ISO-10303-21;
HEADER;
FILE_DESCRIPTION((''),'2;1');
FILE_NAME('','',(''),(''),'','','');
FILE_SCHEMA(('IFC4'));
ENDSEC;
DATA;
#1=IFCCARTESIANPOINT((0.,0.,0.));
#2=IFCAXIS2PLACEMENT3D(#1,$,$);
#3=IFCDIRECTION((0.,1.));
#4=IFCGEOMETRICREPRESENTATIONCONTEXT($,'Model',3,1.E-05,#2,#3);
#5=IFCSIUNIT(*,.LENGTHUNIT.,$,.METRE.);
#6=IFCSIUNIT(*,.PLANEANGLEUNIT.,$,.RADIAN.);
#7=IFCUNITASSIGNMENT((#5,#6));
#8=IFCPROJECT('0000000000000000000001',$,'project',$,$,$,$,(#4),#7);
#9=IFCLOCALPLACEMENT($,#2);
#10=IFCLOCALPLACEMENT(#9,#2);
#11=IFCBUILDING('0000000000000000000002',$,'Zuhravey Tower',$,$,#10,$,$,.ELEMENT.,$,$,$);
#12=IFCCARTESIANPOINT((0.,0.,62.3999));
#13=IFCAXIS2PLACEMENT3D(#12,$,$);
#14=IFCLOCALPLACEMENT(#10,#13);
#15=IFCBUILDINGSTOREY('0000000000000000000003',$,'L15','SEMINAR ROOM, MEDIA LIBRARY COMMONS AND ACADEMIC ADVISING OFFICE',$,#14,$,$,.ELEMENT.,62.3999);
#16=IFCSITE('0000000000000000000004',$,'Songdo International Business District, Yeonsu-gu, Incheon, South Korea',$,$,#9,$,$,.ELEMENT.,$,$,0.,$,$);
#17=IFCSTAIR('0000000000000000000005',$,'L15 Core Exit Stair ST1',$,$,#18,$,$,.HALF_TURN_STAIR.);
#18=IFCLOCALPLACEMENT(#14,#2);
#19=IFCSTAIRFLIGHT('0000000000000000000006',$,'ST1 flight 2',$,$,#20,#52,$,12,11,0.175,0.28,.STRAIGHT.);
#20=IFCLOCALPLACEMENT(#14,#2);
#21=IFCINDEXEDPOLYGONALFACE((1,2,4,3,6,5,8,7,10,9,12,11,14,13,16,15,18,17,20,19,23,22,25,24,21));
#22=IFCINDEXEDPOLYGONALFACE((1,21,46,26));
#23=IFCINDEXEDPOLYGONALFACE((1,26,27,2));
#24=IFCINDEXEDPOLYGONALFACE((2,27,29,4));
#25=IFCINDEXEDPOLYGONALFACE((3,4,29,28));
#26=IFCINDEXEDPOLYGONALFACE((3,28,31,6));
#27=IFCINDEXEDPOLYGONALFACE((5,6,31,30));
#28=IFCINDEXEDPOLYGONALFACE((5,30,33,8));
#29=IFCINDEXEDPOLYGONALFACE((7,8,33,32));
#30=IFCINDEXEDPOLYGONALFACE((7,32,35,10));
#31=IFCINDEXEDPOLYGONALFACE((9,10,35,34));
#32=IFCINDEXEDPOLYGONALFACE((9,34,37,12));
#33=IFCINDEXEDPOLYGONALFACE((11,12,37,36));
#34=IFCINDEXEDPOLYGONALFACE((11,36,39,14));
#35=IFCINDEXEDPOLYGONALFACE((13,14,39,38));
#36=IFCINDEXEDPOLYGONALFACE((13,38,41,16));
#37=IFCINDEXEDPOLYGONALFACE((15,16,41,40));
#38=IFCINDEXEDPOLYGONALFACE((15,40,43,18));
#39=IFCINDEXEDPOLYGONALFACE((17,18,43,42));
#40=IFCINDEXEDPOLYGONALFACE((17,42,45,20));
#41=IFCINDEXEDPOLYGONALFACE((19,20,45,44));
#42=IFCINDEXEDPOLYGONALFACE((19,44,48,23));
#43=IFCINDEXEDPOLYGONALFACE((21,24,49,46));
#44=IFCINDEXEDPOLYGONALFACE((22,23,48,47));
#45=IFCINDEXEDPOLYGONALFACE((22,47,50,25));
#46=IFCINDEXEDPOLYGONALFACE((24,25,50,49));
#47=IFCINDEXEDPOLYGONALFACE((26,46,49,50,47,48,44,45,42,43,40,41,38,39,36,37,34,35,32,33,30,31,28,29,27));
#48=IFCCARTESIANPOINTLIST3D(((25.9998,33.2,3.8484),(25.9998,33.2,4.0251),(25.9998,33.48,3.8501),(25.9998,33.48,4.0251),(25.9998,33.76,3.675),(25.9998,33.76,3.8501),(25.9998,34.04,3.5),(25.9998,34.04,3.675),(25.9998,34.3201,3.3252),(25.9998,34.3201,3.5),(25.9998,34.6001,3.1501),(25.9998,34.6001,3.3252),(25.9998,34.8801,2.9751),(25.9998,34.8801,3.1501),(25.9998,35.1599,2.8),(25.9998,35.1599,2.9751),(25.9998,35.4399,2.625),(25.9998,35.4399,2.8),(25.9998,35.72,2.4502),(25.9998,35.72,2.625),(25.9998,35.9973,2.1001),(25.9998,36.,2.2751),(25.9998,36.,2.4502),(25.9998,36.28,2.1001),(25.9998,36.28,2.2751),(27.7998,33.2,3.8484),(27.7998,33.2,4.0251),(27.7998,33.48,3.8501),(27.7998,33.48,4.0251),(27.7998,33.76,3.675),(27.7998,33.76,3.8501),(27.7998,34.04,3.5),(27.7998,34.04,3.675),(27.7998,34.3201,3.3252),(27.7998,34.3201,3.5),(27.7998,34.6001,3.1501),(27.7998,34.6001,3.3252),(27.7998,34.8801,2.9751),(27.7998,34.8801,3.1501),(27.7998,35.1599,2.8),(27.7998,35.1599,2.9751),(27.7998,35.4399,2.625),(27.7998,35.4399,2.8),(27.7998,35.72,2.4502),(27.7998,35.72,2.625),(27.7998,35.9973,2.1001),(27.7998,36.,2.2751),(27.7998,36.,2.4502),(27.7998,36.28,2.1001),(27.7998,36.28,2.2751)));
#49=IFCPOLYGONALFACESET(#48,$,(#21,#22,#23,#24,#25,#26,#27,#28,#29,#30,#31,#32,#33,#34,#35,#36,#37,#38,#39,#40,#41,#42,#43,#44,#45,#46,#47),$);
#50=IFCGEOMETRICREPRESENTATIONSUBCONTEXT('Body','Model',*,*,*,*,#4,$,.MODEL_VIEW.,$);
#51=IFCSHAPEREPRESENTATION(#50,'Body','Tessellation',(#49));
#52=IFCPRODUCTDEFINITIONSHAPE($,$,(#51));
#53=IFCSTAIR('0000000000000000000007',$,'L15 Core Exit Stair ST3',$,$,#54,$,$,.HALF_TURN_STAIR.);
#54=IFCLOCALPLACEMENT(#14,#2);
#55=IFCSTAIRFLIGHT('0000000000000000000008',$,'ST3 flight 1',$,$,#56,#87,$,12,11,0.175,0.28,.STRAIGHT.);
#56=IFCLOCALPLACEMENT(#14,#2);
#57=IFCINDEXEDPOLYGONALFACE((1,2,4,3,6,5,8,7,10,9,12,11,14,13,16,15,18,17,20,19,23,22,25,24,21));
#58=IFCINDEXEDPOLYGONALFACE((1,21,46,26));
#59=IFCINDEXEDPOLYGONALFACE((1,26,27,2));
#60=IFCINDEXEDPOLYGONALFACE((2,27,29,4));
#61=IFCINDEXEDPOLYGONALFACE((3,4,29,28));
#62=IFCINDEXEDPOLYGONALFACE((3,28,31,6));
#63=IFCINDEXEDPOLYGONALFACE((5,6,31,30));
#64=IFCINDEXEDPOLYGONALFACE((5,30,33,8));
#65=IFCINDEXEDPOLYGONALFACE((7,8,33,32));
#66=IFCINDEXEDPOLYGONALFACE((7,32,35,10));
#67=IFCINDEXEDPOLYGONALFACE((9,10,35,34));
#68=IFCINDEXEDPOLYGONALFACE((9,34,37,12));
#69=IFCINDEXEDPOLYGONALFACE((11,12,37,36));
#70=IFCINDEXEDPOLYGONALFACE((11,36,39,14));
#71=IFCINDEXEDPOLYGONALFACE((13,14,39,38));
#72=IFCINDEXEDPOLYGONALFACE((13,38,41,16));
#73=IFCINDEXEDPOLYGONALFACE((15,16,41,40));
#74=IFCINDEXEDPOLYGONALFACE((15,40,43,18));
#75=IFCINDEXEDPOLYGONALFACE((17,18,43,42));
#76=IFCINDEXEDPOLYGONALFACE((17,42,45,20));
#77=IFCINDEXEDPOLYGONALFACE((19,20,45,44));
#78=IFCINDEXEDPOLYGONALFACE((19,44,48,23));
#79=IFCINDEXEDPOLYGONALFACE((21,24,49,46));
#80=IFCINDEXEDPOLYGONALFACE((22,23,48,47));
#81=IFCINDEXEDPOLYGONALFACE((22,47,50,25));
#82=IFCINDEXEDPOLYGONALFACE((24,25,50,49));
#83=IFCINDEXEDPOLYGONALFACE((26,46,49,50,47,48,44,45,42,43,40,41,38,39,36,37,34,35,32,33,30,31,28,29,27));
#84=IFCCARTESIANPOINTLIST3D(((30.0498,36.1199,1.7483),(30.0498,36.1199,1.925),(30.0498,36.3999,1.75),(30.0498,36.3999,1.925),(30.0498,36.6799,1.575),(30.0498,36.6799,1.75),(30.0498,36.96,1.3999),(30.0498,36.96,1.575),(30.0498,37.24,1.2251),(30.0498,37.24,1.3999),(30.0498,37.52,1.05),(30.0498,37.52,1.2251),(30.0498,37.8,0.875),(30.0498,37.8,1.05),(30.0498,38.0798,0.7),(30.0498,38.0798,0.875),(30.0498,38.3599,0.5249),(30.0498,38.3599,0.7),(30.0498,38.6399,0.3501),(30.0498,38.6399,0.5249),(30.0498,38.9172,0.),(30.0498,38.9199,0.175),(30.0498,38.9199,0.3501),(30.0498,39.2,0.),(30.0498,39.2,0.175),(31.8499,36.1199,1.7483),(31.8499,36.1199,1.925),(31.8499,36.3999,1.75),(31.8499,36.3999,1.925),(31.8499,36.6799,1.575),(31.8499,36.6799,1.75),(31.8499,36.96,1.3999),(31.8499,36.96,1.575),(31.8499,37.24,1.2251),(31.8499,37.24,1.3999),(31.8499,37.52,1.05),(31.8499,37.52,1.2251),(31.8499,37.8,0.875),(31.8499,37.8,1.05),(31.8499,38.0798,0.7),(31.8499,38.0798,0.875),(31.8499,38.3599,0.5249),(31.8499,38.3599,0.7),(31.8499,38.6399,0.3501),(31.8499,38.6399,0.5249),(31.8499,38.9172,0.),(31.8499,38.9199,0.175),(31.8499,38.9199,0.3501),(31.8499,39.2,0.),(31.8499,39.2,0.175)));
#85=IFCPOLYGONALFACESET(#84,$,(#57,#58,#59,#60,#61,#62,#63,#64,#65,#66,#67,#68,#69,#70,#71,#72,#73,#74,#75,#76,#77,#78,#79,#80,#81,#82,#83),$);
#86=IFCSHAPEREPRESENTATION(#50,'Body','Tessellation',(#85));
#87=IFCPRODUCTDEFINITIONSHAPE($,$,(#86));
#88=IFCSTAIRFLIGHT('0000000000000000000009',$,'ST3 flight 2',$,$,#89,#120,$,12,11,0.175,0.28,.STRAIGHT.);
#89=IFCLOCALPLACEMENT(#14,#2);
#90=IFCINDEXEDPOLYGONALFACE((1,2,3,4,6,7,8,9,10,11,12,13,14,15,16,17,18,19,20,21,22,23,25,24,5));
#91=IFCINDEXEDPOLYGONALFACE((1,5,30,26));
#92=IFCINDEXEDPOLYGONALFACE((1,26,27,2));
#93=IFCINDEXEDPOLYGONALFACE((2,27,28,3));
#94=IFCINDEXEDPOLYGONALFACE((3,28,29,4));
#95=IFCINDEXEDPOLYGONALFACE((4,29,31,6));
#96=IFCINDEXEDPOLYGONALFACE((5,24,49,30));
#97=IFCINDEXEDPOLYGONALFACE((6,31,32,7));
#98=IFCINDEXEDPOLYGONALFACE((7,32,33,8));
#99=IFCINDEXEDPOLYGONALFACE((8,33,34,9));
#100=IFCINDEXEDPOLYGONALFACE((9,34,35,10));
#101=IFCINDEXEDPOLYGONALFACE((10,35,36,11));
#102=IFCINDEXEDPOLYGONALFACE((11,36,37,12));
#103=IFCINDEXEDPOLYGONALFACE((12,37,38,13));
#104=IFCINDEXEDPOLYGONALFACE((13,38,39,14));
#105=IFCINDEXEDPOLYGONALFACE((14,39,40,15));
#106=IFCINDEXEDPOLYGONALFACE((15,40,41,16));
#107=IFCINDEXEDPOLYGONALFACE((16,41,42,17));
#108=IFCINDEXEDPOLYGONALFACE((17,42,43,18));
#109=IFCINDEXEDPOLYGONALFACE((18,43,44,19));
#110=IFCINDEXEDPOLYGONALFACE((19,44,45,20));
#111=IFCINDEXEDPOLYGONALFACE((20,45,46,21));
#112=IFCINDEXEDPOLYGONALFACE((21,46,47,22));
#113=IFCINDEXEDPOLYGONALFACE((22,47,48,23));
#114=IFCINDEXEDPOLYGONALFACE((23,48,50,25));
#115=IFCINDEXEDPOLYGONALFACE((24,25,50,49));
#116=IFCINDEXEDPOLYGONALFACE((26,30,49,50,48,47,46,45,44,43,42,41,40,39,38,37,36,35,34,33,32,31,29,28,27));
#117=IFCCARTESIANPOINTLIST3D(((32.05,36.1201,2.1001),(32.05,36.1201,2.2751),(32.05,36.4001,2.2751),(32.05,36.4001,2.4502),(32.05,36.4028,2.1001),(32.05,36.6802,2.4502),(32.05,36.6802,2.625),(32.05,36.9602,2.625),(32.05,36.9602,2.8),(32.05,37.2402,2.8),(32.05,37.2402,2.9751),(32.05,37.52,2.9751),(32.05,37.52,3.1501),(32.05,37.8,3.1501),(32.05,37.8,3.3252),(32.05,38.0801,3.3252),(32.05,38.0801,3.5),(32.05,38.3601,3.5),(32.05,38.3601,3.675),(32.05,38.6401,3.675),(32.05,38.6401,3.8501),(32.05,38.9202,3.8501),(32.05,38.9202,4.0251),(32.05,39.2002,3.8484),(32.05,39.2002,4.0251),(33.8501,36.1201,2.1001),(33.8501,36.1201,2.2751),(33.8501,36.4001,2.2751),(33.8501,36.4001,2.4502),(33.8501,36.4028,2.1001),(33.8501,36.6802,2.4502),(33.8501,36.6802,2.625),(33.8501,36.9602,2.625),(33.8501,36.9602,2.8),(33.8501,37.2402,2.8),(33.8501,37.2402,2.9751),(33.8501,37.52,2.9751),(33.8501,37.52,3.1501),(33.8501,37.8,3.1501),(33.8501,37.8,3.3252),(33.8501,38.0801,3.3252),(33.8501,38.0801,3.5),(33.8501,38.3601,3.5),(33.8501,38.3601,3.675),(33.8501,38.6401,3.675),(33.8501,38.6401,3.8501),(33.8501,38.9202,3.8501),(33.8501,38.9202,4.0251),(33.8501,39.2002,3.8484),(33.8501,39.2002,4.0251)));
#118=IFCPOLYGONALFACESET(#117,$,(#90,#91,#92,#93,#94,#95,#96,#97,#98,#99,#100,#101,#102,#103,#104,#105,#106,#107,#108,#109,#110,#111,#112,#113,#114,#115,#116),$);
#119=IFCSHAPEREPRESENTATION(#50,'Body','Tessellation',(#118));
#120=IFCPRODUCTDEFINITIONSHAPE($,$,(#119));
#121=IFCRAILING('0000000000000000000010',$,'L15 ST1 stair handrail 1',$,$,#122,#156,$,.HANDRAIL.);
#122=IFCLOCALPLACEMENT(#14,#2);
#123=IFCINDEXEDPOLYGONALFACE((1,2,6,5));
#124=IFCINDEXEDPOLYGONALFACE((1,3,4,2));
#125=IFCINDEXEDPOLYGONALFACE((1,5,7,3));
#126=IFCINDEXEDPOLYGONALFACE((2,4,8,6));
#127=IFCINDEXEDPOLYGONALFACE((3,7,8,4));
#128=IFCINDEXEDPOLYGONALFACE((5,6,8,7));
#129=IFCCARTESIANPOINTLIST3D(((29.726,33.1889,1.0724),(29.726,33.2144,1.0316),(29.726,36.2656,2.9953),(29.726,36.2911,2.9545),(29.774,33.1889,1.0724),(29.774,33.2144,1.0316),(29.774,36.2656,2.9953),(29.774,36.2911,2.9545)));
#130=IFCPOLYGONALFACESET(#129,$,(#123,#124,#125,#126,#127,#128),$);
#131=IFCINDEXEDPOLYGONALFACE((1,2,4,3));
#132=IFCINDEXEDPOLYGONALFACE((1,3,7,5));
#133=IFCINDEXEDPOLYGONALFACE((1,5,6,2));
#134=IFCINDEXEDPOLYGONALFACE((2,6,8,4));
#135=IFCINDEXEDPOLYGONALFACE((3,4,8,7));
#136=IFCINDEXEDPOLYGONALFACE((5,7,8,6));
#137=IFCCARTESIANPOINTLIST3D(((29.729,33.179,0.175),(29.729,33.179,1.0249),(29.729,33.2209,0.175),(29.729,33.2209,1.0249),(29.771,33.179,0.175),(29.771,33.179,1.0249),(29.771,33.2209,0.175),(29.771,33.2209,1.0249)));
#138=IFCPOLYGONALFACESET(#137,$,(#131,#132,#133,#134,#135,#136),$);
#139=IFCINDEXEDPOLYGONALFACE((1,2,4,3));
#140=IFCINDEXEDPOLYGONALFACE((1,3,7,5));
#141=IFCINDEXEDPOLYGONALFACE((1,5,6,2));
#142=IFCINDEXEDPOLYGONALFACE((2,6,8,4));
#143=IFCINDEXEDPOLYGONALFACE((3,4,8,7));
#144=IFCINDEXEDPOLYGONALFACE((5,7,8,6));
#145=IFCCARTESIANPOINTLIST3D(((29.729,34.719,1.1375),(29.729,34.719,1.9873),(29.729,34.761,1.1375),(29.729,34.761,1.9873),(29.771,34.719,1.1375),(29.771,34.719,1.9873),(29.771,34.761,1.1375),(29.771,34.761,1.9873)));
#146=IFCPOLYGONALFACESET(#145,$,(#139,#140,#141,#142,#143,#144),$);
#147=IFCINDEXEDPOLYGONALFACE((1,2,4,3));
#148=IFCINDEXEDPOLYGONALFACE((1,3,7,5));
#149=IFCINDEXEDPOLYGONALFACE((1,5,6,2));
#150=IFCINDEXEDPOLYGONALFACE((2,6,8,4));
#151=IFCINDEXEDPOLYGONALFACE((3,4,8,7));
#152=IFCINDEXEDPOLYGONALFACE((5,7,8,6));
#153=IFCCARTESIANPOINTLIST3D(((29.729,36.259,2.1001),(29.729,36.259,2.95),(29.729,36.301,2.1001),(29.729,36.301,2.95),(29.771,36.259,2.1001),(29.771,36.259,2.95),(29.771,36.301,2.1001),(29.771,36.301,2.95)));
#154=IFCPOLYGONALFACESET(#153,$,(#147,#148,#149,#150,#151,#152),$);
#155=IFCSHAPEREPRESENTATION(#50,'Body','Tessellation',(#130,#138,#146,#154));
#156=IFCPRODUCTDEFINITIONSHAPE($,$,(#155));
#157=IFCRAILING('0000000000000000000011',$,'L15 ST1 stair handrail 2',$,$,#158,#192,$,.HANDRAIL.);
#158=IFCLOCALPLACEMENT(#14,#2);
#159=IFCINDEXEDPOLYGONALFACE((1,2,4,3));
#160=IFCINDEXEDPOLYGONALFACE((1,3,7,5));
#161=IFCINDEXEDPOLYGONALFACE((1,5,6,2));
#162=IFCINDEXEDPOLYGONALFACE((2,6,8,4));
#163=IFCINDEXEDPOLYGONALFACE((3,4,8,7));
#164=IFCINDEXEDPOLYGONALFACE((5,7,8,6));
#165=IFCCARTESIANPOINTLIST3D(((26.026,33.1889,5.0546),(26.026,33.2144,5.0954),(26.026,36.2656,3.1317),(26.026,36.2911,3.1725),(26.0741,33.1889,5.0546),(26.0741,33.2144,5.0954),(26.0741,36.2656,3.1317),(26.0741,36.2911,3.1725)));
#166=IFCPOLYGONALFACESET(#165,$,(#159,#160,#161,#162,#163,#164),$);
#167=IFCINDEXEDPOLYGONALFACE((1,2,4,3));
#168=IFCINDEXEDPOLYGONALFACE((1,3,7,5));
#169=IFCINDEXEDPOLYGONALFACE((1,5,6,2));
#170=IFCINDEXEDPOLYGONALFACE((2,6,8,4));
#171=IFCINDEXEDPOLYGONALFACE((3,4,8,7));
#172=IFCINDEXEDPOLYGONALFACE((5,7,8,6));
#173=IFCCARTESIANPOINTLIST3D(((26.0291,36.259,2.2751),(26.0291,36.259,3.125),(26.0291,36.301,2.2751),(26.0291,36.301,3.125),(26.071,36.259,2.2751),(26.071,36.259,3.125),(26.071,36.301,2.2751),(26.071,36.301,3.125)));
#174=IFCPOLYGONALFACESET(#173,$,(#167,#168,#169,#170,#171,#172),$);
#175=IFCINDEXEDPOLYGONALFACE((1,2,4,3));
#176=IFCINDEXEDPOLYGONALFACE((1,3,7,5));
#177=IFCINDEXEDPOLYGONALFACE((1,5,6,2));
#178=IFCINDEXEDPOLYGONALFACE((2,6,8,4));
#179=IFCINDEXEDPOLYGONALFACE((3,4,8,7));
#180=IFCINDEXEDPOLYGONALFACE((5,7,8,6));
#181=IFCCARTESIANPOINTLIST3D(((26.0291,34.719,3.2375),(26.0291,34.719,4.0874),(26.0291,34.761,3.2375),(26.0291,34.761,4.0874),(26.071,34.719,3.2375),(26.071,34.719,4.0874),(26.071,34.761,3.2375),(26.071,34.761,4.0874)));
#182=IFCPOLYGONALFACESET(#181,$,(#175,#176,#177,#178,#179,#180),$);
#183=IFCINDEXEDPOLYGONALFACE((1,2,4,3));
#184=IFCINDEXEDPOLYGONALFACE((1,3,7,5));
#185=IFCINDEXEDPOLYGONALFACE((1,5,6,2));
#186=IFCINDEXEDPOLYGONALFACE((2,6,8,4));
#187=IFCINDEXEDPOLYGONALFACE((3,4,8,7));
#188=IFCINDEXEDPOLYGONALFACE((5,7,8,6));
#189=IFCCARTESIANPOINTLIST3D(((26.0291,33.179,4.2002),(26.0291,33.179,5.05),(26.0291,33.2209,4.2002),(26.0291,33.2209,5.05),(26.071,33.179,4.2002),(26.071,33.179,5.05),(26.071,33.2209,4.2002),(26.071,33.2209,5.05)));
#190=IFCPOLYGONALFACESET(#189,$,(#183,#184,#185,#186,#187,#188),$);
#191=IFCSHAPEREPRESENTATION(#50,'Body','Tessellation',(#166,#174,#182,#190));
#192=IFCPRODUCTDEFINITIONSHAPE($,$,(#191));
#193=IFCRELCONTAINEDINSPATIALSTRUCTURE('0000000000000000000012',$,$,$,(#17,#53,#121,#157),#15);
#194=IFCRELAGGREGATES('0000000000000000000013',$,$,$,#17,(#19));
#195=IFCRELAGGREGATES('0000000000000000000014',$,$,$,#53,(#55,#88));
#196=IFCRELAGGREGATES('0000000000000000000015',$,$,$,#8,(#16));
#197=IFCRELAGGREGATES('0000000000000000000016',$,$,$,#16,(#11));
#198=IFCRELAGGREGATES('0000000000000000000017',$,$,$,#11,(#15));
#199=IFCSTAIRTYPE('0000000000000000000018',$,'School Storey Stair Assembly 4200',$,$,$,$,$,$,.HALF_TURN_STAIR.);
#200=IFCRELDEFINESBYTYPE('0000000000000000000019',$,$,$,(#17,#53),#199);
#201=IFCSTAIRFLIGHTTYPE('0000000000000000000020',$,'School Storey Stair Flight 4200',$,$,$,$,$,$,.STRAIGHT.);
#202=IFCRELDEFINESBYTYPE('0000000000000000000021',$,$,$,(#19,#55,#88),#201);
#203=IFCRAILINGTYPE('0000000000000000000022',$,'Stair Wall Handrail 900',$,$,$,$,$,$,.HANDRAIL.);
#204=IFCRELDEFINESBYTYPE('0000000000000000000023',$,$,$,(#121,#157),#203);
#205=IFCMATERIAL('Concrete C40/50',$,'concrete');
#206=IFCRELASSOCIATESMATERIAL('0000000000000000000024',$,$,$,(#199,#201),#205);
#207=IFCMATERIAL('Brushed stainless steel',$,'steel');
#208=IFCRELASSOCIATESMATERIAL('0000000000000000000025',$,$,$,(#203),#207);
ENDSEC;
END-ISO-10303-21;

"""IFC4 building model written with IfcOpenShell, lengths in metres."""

from ifc_helpers import new_model, si_unit, direction, frame, origin, origin_2d, place, context, subcontext, project, spatial, polyline, rectangle, outline, extrude, material, type_object, element, aggregate, save


model = new_model("IFC4")

# Units and contexts
model_context = context("Model", 3, precision=1e-05, world=origin(), true_north=direction((0.0, 1.0)))
body_context = subcontext(model_context, "Body", "Model", "MODEL_VIEW")
ifc_project = project(units=[si_unit("LENGTHUNIT", "METRE"), si_unit("PLANEANGLEUNIT", "RADIAN")], contexts=[model_context])

# Site, building, storey
site_placement = place(None, origin())
site = spatial("IfcSite", under=ifc_project, at=site_placement, Name="Songdo International Business District, Yeonsu-gu, Incheon, South Korea", CompositionType="ELEMENT", RefElevation=0.0)
building_placement = place(site_placement, origin())
building = spatial("IfcBuilding", under=site, at=building_placement, Name="Zuhravey Tower", CompositionType="ELEMENT")
storey_placement = place(building_placement, frame((0.0, 0.0, 62.3999)))
storey = spatial("IfcBuildingStorey", under=building, at=storey_placement, Name="L15", Description="SEMINAR ROOM, MEDIA LIBRARY COMMONS AND ACADEMIC ADVISING OFFICE", CompositionType="ELEMENT", Elevation=62.3999)

# Stairs, stair flights
ifc_material_1 = material(Name="Concrete C40/50", Category="concrete")
stair_type = type_object("IfcStairType", Name="School Storey Stair Assembly 4200", PredefinedType="HALF_TURN_STAIR", material=ifc_material_1)
stair_1_placement = place(storey_placement, origin())
stair_1 = element("IfcStair", 1, at=stair_1_placement, inside=storey, type_object=stair_type, Name="L15 Core Exit Stair ST1", PredefinedType="HALF_TURN_STAIR")
stair_flight_type = type_object("IfcStairFlightType", Name="School Storey Stair Flight 4200", PredefinedType="STRAIGHT", material=ifc_material_1)
stair_flight_1_placement = place(storey_placement, frame((26.8999, 36.28, 2.1001), z_axis=(0.0, 0.0, 1.0), x_axis=(0.0, -1.0, 0.0)))
stair_flight_1 = element("IfcStairFlight", 2, at=stair_flight_1_placement, type_object=stair_flight_type, Name="ST1 flight 2", NumberOfRisers=12, NumberOfTreads=11, PredefinedType="STRAIGHT", RiserHeight=0.175, TreadLength=0.28, context=body_context, shape_type="SweptSolid", body=[
    extrude(outline(polyline([(0.0, 0.0), (0.0, 0.175), (0.28, 0.175), (0.28, 0.3501), (0.5601, 0.3501), (0.5601, 0.5249), (0.8401, 0.5249), (0.8401, 0.7), (1.1201, 0.7), (1.1201, 0.875), (1.3999, 0.875), (1.3999, 1.05), (1.6799, 1.05), (1.6799, 1.2251), (1.96, 1.2251), (1.96, 1.3999), (2.24, 1.3999), (2.24, 1.575), (2.52, 1.575), (2.52, 1.75), (2.8, 1.75), (2.8, 1.925), (3.0801, 1.925), (3.0801, 2.1001), (3.0801, 1.7483), (0.2827, 0.0), (0.0, 0.0)])), frame((0.0, 0.8999, 0.0), z_axis=(0.0, -1.0, 0.0), x_axis=(1.0, 0.0, 0.0)), (0.0, 0.0, 1.0), 1.8),
])
aggregate(stair_1, [stair_flight_1])
stair_2_placement = place(storey_placement, origin())
stair_2 = element("IfcStair", 3, at=stair_2_placement, inside=storey, type_object=stair_type, Name="L15 Core Exit Stair ST3", PredefinedType="HALF_TURN_STAIR")
stair_flight_2_placement = place(storey_placement, frame((30.95, 39.2, 0.0), z_axis=(0.0, 0.0, 1.0), x_axis=(0.0, -1.0, 0.0)))
stair_flight_2 = element("IfcStairFlight", 4, at=stair_flight_2_placement, type_object=stair_flight_type, Name="ST3 flight 1", NumberOfRisers=12, NumberOfTreads=11, PredefinedType="STRAIGHT", RiserHeight=0.175, TreadLength=0.28, context=body_context, shape_type="SweptSolid", body=[
    extrude(outline(polyline([(0.0, 0.0), (0.0, 0.175), (0.28, 0.175), (0.28, 0.3501), (0.5601, 0.3501), (0.5601, 0.5249), (0.8401, 0.5249), (0.8401, 0.7), (1.1201, 0.7), (1.1201, 0.875), (1.3999, 0.875), (1.3999, 1.05), (1.6799, 1.05), (1.6799, 1.2251), (1.96, 1.2251), (1.96, 1.3999), (2.24, 1.3999), (2.24, 1.575), (2.52, 1.575), (2.52, 1.75), (2.8, 1.75), (2.8, 1.925), (3.0801, 1.925), (3.0801, 2.1001), (3.0801, 1.7483), (0.2827, 0.0), (0.0, 0.0)])), frame((0.0, 0.8999, 0.0), z_axis=(0.0, -1.0, 0.0), x_axis=(1.0, 0.0, 0.0)), (0.0, 0.0, 1.0), 1.8),
])
stair_flight_3_placement = place(storey_placement, frame((32.95, 36.1201, 2.1001), z_axis=(0.0, 0.0, 1.0), x_axis=(0.0, 1.0, 0.0)))
stair_flight_3 = element("IfcStairFlight", 5, at=stair_flight_3_placement, type_object=stair_flight_type, Name="ST3 flight 2", NumberOfRisers=12, NumberOfTreads=11, PredefinedType="STRAIGHT", RiserHeight=0.175, TreadLength=0.28, context=body_context, shape_type="SweptSolid", body=[
    extrude(outline(polyline([(0.0, 0.0), (0.0, 0.175), (0.28, 0.175), (0.28, 0.3501), (0.5601, 0.3501), (0.5601, 0.5249), (0.8401, 0.5249), (0.8401, 0.7), (1.1201, 0.7), (1.1201, 0.875), (1.3999, 0.875), (1.3999, 1.05), (1.6799, 1.05), (1.6799, 1.2251), (1.96, 1.2251), (1.96, 1.3999), (2.24, 1.3999), (2.24, 1.575), (2.52, 1.575), (2.52, 1.75), (2.8, 1.75), (2.8, 1.925), (3.0801, 1.925), (3.0801, 2.1001), (3.0801, 1.7483), (0.2827, 0.0), (0.0, 0.0)])), frame((0.0, 0.8999, 0.0), z_axis=(0.0, -1.0, 0.0), x_axis=(1.0, 0.0, 0.0)), (0.0, 0.0, 1.0), 1.8),
])
aggregate(stair_2, [stair_flight_2, stair_flight_3])

# Railings
ifc_material_2 = material(Name="Brushed stainless steel", Category="steel")
railing_type_1 = type_object("IfcRailingType", Name="Stair Wall Handrail 900", PredefinedType="HANDRAIL", material=ifc_material_2)
railing_1_placement = place(storey_placement, frame((29.75, 33.2, 0.175)))
element("IfcRailing", 6, at=railing_1_placement, inside=storey, type_object=railing_type_1, Name="L15 ST1 stair handrail 1", PredefinedType="HANDRAIL", context=body_context, shape_type="SweptSolid", body=[
    extrude(rectangle(XDim=0.0481, YDim=0.0481, at=origin_2d()), frame((0.0, 0.0017, 0.877), z_axis=(0.0, 0.847998, 0.529999), x_axis=(-1.0, 0.0, 0.0)), (0.0, 0.0, 1.0), 3.6282),
    extrude(rectangle(XDim=0.042, YDim=0.042, at=origin_2d()), origin(), (0.0, 0.0, 1.0), 0.8499),
    extrude(rectangle(XDim=0.042, YDim=0.042, at=origin_2d()), frame((0.0, 1.54, 0.9624)), (0.0, 0.0, 1.0), 0.8499),
    extrude(rectangle(XDim=0.042, YDim=0.042, at=origin_2d()), frame((0.0, 3.0801, 1.925)), (0.0, 0.0, 1.0), 0.8499),
])
railing_2_placement = place(storey_placement, frame((26.05, 36.28, 2.2751)))
element("IfcRailing", 7, at=railing_2_placement, inside=storey, type_object=railing_type_1, Name="L15 ST1 stair handrail 2", PredefinedType="HANDRAIL", context=body_context, shape_type="SweptSolid", body=[
    extrude(rectangle(XDim=0.0481, YDim=0.0481, at=origin_2d()), frame((0.0, -0.0017, 0.877), z_axis=(0.0, -0.847998, 0.529999), x_axis=(1.0, 0.0, 0.0)), (0.0, 0.0, 1.0), 3.6282),
    extrude(rectangle(XDim=0.042, YDim=0.042, at=origin_2d()), origin(), (0.0, 0.0, 1.0), 0.8499),
    extrude(rectangle(XDim=0.042, YDim=0.042, at=origin_2d()), frame((0.0, -1.54, 0.9624)), (0.0, 0.0, 1.0), 0.8499),
    extrude(rectangle(XDim=0.042, YDim=0.042, at=origin_2d()), frame((0.0, -3.0801, 1.925)), (0.0, 0.0, 1.0), 0.8499),
])

save(model, "model.ifc")
